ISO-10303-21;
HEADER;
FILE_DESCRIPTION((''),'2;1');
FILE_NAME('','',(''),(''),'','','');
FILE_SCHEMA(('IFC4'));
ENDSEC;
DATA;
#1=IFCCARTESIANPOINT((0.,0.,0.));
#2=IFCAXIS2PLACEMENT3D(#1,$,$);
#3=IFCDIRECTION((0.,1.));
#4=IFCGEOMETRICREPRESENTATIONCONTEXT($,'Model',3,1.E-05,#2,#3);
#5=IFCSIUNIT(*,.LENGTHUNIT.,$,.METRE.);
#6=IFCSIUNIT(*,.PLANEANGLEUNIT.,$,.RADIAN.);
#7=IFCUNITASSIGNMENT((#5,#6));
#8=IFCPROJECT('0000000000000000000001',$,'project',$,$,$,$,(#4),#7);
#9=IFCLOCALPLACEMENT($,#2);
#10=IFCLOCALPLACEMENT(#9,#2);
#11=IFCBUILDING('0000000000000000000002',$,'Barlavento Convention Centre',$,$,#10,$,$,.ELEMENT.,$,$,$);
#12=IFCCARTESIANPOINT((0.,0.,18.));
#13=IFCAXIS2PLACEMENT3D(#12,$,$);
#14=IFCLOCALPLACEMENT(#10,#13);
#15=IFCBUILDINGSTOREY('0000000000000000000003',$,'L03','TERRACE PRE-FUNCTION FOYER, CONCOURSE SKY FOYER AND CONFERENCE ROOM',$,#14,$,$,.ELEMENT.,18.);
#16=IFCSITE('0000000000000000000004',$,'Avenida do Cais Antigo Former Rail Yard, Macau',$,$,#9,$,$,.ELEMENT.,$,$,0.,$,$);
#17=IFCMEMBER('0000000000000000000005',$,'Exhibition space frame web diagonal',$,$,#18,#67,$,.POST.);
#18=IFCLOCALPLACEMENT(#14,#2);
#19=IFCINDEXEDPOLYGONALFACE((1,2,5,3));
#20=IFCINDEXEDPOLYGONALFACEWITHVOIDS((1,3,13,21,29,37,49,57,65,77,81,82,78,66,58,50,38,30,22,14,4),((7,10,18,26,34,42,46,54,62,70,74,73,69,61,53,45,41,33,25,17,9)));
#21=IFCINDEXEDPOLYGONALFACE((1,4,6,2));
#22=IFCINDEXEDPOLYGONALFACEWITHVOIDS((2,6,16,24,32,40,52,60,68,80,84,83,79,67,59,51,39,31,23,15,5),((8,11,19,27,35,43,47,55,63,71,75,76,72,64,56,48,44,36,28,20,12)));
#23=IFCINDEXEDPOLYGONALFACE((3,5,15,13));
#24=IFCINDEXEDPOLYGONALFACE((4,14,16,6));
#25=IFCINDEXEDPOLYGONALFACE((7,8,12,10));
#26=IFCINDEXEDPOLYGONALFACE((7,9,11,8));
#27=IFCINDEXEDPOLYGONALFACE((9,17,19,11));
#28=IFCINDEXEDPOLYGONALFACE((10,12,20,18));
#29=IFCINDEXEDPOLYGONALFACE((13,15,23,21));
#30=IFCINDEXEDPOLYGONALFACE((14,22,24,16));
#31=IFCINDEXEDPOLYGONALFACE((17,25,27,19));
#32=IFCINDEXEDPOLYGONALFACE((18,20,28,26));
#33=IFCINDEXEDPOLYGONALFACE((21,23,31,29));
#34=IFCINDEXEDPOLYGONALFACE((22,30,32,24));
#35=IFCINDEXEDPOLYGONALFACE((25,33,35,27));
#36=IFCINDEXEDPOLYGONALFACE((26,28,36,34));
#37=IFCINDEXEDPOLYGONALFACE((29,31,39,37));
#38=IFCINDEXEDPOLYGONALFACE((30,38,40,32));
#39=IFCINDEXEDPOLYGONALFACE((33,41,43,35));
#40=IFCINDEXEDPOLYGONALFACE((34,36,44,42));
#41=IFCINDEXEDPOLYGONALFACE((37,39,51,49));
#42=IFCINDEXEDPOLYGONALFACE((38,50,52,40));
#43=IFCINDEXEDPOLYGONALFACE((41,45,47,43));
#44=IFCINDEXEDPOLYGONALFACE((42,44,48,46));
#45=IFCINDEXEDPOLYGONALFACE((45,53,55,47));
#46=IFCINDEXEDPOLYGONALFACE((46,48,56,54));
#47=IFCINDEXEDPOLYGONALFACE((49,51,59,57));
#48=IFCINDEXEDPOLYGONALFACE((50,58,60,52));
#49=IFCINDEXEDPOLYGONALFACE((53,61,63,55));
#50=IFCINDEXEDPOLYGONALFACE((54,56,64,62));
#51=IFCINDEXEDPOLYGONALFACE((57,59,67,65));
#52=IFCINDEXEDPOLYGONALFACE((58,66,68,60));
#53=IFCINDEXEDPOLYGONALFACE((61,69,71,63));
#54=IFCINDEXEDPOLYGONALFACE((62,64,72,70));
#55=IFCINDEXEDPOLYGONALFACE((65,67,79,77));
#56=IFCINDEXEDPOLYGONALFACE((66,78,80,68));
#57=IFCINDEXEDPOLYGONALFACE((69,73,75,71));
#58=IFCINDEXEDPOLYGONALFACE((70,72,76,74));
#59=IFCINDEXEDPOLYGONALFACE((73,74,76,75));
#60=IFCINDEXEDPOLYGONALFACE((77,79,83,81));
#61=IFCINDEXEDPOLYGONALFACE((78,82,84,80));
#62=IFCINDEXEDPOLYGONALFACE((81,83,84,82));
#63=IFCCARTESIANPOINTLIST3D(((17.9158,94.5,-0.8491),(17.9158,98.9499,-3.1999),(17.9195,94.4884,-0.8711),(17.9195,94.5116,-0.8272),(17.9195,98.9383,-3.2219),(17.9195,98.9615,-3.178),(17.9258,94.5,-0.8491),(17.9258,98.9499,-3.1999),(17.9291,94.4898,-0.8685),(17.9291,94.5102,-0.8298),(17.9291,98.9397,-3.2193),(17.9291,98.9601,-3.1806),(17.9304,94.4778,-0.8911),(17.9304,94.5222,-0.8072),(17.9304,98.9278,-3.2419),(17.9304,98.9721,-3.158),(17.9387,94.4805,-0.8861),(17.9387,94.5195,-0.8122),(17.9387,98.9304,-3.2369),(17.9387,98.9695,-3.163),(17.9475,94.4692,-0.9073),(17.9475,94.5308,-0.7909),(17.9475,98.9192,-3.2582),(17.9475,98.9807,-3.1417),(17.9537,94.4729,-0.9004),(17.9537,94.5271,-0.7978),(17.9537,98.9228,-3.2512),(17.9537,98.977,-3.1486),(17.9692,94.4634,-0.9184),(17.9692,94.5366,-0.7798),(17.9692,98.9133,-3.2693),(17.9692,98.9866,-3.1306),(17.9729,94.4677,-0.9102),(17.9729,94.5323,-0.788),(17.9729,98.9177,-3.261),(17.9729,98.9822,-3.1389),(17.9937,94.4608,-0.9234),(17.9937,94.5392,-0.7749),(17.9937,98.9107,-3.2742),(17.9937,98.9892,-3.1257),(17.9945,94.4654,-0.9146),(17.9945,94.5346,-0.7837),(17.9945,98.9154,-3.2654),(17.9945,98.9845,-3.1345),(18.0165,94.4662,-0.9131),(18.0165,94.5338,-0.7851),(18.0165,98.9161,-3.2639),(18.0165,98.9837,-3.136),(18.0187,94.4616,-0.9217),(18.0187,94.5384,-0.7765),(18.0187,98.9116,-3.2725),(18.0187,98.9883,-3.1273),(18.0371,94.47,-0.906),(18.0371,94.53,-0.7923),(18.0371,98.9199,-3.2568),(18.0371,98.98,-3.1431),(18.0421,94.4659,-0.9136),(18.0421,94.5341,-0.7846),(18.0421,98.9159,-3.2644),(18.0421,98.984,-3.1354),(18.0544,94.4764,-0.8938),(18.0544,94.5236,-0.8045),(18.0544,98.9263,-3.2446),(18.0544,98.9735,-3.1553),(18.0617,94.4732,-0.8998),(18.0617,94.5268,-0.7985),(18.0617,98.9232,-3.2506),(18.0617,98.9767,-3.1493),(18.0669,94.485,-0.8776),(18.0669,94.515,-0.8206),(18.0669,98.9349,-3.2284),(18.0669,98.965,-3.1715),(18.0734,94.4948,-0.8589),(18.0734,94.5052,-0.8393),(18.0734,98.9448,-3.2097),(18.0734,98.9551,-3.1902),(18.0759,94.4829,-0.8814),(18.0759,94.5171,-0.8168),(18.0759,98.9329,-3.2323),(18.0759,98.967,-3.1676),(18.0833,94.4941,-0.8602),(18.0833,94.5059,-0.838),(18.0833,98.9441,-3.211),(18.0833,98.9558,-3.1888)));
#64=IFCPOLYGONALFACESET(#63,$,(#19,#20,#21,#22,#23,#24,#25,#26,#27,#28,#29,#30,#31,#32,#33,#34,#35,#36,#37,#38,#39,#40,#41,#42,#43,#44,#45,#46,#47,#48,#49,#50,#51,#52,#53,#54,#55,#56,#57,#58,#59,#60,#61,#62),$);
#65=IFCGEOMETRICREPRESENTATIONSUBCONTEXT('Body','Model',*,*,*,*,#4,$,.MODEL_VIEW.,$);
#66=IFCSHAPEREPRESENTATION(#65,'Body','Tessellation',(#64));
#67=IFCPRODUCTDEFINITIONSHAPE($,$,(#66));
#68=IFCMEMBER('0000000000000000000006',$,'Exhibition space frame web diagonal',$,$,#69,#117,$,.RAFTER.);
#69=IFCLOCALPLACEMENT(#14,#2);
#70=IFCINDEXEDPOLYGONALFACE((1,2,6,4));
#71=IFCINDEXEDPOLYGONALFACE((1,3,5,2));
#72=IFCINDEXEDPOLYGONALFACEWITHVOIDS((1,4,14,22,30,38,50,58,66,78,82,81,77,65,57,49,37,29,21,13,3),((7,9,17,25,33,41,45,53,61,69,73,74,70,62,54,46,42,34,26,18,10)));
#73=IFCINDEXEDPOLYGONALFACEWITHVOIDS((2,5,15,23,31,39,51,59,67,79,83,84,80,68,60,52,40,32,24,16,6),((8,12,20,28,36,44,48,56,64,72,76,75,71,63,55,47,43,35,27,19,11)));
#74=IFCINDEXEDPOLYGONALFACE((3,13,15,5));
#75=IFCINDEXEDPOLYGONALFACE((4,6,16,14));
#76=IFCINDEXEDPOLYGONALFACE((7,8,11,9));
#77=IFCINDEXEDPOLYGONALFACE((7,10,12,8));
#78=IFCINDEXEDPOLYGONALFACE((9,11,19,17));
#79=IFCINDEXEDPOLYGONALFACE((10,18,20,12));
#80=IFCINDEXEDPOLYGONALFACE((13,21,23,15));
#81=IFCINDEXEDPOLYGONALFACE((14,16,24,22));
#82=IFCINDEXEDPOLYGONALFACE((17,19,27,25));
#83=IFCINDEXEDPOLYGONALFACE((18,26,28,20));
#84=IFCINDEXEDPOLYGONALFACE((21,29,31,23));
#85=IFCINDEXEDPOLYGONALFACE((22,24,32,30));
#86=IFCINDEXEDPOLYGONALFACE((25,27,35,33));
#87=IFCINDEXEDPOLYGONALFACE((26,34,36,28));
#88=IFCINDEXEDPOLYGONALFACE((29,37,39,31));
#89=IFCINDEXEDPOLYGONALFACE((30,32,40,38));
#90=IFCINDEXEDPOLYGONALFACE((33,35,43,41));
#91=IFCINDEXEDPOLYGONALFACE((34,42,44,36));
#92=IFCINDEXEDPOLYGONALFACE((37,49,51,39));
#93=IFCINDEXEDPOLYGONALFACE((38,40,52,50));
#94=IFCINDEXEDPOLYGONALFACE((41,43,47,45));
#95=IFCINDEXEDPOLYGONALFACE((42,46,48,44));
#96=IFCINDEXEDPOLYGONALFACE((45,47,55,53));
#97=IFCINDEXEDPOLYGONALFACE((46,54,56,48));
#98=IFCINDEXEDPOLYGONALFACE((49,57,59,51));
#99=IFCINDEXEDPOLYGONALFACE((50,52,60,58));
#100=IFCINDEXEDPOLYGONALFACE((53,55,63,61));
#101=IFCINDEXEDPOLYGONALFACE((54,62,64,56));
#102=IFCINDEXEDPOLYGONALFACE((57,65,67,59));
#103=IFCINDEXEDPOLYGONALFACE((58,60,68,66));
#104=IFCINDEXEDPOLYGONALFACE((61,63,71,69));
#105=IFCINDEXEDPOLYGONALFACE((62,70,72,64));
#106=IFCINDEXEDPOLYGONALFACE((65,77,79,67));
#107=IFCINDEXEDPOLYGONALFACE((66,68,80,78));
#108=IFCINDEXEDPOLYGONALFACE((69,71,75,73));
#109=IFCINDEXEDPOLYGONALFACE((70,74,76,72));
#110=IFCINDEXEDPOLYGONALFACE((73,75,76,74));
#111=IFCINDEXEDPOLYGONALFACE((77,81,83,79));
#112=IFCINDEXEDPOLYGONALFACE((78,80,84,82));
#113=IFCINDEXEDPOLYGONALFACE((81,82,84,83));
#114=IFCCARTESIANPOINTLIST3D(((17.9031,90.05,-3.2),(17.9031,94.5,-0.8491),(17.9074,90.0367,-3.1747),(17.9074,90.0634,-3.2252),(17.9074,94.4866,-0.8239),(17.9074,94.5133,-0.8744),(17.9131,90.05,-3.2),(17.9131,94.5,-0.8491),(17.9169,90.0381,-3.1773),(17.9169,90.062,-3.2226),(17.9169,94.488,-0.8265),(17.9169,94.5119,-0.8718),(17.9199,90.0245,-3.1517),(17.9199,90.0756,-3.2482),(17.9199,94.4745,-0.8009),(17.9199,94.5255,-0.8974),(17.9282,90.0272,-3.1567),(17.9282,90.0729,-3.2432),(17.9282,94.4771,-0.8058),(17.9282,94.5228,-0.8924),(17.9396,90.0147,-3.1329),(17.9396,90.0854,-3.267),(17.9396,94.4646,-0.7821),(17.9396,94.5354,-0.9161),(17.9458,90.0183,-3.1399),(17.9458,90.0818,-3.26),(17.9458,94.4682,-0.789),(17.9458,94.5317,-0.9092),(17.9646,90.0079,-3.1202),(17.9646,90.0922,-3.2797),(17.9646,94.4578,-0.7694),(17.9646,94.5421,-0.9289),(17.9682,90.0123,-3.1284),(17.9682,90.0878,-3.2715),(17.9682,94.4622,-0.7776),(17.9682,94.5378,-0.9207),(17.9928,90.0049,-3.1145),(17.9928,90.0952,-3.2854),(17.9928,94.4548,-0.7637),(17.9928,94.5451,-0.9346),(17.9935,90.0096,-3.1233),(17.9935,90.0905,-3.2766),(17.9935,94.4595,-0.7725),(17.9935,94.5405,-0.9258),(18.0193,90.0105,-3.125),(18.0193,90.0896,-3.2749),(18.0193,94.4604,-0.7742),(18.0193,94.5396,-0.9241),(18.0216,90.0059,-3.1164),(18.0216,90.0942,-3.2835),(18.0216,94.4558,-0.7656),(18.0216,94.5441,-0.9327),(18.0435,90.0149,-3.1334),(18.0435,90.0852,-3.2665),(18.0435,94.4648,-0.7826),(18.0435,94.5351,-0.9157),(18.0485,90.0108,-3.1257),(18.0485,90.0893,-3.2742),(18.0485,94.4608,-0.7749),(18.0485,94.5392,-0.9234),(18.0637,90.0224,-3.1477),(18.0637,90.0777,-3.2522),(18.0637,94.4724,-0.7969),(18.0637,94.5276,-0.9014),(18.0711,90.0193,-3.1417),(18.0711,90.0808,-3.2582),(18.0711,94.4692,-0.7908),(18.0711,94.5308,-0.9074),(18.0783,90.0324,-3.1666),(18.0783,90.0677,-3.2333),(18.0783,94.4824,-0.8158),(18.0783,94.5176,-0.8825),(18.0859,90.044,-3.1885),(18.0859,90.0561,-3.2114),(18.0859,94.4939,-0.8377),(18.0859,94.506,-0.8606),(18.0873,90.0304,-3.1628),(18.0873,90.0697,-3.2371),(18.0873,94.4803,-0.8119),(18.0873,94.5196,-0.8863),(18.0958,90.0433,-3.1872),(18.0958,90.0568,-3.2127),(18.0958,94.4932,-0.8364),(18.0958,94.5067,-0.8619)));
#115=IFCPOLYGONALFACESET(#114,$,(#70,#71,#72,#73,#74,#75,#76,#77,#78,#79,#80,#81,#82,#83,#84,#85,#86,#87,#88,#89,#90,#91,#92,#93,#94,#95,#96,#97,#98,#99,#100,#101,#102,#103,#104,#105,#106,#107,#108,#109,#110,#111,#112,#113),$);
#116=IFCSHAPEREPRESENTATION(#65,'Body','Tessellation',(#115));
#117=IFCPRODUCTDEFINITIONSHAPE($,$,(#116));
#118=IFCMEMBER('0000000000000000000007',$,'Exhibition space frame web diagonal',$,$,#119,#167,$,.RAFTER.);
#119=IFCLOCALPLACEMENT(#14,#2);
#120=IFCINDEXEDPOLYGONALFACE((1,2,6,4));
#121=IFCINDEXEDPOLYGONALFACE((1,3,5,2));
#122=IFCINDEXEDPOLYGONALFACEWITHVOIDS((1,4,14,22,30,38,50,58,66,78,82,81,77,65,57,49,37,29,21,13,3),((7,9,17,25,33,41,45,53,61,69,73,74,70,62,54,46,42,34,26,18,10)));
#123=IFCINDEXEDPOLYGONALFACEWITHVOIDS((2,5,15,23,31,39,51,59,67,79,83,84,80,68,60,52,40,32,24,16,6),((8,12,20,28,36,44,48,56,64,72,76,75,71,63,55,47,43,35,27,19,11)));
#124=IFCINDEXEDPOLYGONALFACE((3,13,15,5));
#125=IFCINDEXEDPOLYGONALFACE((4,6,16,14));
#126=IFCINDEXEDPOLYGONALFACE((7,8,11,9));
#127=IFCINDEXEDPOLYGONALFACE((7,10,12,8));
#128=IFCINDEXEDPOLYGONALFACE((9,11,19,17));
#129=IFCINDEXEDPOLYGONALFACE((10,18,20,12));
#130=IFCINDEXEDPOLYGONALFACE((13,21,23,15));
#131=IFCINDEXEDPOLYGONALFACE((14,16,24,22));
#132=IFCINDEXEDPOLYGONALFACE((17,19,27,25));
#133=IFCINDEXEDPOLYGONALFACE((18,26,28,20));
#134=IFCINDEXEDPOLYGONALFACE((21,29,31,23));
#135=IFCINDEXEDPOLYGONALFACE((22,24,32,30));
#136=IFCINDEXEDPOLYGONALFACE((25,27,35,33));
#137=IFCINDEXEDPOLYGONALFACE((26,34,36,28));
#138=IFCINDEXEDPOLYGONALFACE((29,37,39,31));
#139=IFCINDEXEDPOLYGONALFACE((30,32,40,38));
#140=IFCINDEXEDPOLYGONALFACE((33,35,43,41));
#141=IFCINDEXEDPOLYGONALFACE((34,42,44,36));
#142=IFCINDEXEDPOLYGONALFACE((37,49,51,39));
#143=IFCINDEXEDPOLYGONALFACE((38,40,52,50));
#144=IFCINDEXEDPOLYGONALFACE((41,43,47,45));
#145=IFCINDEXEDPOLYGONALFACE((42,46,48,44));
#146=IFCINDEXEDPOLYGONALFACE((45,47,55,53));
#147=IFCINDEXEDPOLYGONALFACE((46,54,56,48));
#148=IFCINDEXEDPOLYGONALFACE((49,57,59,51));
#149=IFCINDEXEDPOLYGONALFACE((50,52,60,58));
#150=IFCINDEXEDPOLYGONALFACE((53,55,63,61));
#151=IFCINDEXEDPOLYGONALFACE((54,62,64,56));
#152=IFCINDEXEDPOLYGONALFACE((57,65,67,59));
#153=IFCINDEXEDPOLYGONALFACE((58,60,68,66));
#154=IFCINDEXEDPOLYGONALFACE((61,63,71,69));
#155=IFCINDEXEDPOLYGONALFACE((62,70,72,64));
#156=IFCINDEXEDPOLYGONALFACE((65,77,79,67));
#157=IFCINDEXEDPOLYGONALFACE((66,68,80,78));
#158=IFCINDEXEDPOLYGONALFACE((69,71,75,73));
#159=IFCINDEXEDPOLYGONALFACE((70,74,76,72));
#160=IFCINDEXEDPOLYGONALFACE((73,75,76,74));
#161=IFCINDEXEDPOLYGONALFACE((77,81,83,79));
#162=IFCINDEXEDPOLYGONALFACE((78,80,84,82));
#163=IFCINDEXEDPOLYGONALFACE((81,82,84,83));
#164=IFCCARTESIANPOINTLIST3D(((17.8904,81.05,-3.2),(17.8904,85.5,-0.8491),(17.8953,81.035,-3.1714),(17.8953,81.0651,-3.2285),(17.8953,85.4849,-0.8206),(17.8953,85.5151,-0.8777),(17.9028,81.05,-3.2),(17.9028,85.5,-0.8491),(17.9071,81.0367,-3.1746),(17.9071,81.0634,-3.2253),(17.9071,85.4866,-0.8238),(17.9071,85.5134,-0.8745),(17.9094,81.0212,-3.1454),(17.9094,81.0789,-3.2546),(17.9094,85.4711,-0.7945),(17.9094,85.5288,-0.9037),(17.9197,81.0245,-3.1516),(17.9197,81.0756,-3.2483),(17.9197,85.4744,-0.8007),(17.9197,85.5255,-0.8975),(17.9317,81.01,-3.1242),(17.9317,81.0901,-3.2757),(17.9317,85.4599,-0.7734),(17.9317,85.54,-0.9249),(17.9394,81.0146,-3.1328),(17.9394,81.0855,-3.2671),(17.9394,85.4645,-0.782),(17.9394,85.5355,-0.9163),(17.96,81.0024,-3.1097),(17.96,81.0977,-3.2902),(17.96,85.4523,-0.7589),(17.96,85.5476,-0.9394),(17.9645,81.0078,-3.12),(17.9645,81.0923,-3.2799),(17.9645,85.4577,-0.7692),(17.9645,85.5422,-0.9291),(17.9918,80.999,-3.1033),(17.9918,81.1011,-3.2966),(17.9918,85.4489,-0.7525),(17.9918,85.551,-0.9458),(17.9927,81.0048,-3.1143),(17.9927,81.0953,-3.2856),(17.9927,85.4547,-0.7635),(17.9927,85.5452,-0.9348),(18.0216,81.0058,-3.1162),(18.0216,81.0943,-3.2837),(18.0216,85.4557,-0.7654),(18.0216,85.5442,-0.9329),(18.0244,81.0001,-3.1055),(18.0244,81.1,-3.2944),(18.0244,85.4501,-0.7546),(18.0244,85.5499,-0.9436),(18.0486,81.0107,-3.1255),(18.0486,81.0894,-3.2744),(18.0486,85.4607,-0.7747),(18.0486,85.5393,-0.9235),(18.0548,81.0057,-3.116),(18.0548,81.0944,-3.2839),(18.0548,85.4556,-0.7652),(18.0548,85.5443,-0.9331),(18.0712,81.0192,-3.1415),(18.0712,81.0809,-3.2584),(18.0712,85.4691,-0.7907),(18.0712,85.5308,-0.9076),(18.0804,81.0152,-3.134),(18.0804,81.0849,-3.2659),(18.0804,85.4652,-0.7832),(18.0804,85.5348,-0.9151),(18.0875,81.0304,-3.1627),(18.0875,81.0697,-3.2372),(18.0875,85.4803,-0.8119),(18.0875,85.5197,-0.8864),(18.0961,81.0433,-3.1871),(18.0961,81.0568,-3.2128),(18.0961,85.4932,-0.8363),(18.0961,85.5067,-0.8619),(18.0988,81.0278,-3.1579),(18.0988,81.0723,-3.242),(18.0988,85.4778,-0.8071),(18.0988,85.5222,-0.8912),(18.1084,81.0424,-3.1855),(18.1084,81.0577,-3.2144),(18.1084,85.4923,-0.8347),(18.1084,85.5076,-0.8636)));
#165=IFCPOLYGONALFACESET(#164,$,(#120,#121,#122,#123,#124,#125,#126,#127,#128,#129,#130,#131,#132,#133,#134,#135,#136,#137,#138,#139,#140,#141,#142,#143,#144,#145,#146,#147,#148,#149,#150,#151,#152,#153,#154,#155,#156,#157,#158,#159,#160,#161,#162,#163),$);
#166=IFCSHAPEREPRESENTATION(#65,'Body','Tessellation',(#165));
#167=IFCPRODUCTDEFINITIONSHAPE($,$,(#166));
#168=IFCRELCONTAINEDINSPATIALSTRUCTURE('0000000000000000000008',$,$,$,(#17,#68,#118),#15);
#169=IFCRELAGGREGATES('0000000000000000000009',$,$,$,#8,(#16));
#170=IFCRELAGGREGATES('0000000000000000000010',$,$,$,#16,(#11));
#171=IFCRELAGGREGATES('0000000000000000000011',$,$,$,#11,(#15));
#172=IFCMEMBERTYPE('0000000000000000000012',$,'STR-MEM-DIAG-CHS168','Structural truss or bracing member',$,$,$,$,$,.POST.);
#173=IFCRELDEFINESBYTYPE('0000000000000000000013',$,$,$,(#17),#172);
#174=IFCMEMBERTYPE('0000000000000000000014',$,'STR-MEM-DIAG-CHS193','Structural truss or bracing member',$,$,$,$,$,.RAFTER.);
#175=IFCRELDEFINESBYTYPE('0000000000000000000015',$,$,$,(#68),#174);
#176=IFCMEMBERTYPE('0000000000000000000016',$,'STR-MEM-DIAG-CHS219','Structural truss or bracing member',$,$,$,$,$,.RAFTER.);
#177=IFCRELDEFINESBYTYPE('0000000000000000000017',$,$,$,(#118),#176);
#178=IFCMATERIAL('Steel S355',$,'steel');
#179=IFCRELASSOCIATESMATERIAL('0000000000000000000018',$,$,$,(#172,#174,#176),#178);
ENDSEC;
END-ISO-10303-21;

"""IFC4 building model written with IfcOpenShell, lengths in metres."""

from ifc_helpers import new_model, si_unit, direction, frame, origin, origin_2d, place, context, subcontext, project, spatial, hollow_circle, extrude, material, material_profile, profile_set, type_object, element, save


model = new_model("IFC4")

# Units and contexts
model_context = context("Model", 3, precision=1e-05, world=origin(), true_north=direction((0.0, 1.0)))
body_context = subcontext(model_context, "Body", "Model", "MODEL_VIEW")
ifc_project = project(units=[si_unit("LENGTHUNIT", "METRE"), si_unit("PLANEANGLEUNIT", "RADIAN")], contexts=[model_context])

# Site, building, storey
site_placement = place(None, origin())
site = spatial("IfcSite", under=ifc_project, at=site_placement, Name="Avenida do Cais Antigo Former Rail Yard, Macau", CompositionType="ELEMENT", RefElevation=0.0)
building_placement = place(site_placement, origin())
building = spatial("IfcBuilding", under=site, at=building_placement, Name="Barlavento Convention Centre", CompositionType="ELEMENT")
storey_placement = place(building_placement, frame((0.0, 0.0, 18.0)))
storey = spatial("IfcBuildingStorey", under=building, at=storey_placement, Name="L03", Description="TERRACE PRE-FUNCTION FOYER, CONCOURSE SKY FOYER AND CONFERENCE ROOM", CompositionType="ELEMENT", Elevation=18.0)

# Shared definitions
ifc_material_1 = material(Name="Steel S355", Category="steel")

# Members
ifc_material_profile_1 = material_profile(ifc_material_1, hollow_circle(Radius=0.0842, WallThickness=0.01, at=origin_2d()), Name="CHS 168.3x10.0")
ifc_profile_set_1 = profile_set([ifc_material_profile_1], Name="Steel S355")
member_type_1 = type_object("IfcMemberType", Name="STR-MEM-DIAG-CHS168", Description="Structural truss or bracing member", PredefinedType="POST", material=ifc_profile_set_1)
for number, where, z_axis, x_axis, name in (
    (1, (18.0, 94.5, -0.8491), (0.0, 0.884201, -0.467107), (-1.0, 0.0, 0.0), "Exhibition space frame web diagonal"),
):
    element("IfcMember", number, at=place(storey_placement, frame(where, z_axis=z_axis, x_axis=x_axis)), inside=storey, type_object=member_type_1, Name=name, PredefinedType="POST", context=body_context, shape_type="SweptSolid", body=[
        extrude(hollow_circle(Radius=0.0842, WallThickness=0.01, at=origin_2d()), origin(), (0.0, 0.0, 1.0), 5.0327),
    ])
ifc_material_profile_2 = material_profile(ifc_material_1, hollow_circle(Radius=0.0969, WallThickness=0.01, at=origin_2d()), Name="CHS 193.7x10.0")
ifc_profile_set_2 = profile_set([ifc_material_profile_2], Name="Steel S355")
member_type_2 = type_object("IfcMemberType", Name="STR-MEM-DIAG-CHS193", Description="Structural truss or bracing member", PredefinedType="RAFTER", material=ifc_profile_set_2)
member_1_placement = place(storey_placement, frame((18.0, 90.05, -3.2), z_axis=(0.0, 0.884201, 0.467107), x_axis=(-1.0, 0.0, 0.0)))
element("IfcMember", 2, at=member_1_placement, inside=storey, type_object=member_type_2, Name="Exhibition space frame web diagonal", PredefinedType="RAFTER", context=body_context, shape_type="SweptSolid", body=[
    extrude(hollow_circle(Radius=0.0969, WallThickness=0.01, at=origin_2d()), origin(), (0.0, 0.0, 1.0), 5.0327),
])
ifc_material_profile_3 = material_profile(ifc_material_1, hollow_circle(Radius=0.1096, WallThickness=0.0125, at=origin_2d()), Name="CHS 219.1x12.5")
ifc_profile_set_3 = profile_set([ifc_material_profile_3], Name="Steel S355")
member_type_3 = type_object("IfcMemberType", Name="STR-MEM-DIAG-CHS219", Description="Structural truss or bracing member", PredefinedType="RAFTER", material=ifc_profile_set_3)
member_2_placement = place(storey_placement, frame((18.0, 81.05, -3.2), z_axis=(0.0, 0.884201, 0.467107), x_axis=(-1.0, 0.0, 0.0)))
element("IfcMember", 3, at=member_2_placement, inside=storey, type_object=member_type_3, Name="Exhibition space frame web diagonal", PredefinedType="RAFTER", context=body_context, shape_type="SweptSolid", body=[
    extrude(hollow_circle(Radius=0.1096, WallThickness=0.0125, at=origin_2d()), origin(), (0.0, 0.0, 1.0), 5.0327),
])

save(model, "model.ifc")
